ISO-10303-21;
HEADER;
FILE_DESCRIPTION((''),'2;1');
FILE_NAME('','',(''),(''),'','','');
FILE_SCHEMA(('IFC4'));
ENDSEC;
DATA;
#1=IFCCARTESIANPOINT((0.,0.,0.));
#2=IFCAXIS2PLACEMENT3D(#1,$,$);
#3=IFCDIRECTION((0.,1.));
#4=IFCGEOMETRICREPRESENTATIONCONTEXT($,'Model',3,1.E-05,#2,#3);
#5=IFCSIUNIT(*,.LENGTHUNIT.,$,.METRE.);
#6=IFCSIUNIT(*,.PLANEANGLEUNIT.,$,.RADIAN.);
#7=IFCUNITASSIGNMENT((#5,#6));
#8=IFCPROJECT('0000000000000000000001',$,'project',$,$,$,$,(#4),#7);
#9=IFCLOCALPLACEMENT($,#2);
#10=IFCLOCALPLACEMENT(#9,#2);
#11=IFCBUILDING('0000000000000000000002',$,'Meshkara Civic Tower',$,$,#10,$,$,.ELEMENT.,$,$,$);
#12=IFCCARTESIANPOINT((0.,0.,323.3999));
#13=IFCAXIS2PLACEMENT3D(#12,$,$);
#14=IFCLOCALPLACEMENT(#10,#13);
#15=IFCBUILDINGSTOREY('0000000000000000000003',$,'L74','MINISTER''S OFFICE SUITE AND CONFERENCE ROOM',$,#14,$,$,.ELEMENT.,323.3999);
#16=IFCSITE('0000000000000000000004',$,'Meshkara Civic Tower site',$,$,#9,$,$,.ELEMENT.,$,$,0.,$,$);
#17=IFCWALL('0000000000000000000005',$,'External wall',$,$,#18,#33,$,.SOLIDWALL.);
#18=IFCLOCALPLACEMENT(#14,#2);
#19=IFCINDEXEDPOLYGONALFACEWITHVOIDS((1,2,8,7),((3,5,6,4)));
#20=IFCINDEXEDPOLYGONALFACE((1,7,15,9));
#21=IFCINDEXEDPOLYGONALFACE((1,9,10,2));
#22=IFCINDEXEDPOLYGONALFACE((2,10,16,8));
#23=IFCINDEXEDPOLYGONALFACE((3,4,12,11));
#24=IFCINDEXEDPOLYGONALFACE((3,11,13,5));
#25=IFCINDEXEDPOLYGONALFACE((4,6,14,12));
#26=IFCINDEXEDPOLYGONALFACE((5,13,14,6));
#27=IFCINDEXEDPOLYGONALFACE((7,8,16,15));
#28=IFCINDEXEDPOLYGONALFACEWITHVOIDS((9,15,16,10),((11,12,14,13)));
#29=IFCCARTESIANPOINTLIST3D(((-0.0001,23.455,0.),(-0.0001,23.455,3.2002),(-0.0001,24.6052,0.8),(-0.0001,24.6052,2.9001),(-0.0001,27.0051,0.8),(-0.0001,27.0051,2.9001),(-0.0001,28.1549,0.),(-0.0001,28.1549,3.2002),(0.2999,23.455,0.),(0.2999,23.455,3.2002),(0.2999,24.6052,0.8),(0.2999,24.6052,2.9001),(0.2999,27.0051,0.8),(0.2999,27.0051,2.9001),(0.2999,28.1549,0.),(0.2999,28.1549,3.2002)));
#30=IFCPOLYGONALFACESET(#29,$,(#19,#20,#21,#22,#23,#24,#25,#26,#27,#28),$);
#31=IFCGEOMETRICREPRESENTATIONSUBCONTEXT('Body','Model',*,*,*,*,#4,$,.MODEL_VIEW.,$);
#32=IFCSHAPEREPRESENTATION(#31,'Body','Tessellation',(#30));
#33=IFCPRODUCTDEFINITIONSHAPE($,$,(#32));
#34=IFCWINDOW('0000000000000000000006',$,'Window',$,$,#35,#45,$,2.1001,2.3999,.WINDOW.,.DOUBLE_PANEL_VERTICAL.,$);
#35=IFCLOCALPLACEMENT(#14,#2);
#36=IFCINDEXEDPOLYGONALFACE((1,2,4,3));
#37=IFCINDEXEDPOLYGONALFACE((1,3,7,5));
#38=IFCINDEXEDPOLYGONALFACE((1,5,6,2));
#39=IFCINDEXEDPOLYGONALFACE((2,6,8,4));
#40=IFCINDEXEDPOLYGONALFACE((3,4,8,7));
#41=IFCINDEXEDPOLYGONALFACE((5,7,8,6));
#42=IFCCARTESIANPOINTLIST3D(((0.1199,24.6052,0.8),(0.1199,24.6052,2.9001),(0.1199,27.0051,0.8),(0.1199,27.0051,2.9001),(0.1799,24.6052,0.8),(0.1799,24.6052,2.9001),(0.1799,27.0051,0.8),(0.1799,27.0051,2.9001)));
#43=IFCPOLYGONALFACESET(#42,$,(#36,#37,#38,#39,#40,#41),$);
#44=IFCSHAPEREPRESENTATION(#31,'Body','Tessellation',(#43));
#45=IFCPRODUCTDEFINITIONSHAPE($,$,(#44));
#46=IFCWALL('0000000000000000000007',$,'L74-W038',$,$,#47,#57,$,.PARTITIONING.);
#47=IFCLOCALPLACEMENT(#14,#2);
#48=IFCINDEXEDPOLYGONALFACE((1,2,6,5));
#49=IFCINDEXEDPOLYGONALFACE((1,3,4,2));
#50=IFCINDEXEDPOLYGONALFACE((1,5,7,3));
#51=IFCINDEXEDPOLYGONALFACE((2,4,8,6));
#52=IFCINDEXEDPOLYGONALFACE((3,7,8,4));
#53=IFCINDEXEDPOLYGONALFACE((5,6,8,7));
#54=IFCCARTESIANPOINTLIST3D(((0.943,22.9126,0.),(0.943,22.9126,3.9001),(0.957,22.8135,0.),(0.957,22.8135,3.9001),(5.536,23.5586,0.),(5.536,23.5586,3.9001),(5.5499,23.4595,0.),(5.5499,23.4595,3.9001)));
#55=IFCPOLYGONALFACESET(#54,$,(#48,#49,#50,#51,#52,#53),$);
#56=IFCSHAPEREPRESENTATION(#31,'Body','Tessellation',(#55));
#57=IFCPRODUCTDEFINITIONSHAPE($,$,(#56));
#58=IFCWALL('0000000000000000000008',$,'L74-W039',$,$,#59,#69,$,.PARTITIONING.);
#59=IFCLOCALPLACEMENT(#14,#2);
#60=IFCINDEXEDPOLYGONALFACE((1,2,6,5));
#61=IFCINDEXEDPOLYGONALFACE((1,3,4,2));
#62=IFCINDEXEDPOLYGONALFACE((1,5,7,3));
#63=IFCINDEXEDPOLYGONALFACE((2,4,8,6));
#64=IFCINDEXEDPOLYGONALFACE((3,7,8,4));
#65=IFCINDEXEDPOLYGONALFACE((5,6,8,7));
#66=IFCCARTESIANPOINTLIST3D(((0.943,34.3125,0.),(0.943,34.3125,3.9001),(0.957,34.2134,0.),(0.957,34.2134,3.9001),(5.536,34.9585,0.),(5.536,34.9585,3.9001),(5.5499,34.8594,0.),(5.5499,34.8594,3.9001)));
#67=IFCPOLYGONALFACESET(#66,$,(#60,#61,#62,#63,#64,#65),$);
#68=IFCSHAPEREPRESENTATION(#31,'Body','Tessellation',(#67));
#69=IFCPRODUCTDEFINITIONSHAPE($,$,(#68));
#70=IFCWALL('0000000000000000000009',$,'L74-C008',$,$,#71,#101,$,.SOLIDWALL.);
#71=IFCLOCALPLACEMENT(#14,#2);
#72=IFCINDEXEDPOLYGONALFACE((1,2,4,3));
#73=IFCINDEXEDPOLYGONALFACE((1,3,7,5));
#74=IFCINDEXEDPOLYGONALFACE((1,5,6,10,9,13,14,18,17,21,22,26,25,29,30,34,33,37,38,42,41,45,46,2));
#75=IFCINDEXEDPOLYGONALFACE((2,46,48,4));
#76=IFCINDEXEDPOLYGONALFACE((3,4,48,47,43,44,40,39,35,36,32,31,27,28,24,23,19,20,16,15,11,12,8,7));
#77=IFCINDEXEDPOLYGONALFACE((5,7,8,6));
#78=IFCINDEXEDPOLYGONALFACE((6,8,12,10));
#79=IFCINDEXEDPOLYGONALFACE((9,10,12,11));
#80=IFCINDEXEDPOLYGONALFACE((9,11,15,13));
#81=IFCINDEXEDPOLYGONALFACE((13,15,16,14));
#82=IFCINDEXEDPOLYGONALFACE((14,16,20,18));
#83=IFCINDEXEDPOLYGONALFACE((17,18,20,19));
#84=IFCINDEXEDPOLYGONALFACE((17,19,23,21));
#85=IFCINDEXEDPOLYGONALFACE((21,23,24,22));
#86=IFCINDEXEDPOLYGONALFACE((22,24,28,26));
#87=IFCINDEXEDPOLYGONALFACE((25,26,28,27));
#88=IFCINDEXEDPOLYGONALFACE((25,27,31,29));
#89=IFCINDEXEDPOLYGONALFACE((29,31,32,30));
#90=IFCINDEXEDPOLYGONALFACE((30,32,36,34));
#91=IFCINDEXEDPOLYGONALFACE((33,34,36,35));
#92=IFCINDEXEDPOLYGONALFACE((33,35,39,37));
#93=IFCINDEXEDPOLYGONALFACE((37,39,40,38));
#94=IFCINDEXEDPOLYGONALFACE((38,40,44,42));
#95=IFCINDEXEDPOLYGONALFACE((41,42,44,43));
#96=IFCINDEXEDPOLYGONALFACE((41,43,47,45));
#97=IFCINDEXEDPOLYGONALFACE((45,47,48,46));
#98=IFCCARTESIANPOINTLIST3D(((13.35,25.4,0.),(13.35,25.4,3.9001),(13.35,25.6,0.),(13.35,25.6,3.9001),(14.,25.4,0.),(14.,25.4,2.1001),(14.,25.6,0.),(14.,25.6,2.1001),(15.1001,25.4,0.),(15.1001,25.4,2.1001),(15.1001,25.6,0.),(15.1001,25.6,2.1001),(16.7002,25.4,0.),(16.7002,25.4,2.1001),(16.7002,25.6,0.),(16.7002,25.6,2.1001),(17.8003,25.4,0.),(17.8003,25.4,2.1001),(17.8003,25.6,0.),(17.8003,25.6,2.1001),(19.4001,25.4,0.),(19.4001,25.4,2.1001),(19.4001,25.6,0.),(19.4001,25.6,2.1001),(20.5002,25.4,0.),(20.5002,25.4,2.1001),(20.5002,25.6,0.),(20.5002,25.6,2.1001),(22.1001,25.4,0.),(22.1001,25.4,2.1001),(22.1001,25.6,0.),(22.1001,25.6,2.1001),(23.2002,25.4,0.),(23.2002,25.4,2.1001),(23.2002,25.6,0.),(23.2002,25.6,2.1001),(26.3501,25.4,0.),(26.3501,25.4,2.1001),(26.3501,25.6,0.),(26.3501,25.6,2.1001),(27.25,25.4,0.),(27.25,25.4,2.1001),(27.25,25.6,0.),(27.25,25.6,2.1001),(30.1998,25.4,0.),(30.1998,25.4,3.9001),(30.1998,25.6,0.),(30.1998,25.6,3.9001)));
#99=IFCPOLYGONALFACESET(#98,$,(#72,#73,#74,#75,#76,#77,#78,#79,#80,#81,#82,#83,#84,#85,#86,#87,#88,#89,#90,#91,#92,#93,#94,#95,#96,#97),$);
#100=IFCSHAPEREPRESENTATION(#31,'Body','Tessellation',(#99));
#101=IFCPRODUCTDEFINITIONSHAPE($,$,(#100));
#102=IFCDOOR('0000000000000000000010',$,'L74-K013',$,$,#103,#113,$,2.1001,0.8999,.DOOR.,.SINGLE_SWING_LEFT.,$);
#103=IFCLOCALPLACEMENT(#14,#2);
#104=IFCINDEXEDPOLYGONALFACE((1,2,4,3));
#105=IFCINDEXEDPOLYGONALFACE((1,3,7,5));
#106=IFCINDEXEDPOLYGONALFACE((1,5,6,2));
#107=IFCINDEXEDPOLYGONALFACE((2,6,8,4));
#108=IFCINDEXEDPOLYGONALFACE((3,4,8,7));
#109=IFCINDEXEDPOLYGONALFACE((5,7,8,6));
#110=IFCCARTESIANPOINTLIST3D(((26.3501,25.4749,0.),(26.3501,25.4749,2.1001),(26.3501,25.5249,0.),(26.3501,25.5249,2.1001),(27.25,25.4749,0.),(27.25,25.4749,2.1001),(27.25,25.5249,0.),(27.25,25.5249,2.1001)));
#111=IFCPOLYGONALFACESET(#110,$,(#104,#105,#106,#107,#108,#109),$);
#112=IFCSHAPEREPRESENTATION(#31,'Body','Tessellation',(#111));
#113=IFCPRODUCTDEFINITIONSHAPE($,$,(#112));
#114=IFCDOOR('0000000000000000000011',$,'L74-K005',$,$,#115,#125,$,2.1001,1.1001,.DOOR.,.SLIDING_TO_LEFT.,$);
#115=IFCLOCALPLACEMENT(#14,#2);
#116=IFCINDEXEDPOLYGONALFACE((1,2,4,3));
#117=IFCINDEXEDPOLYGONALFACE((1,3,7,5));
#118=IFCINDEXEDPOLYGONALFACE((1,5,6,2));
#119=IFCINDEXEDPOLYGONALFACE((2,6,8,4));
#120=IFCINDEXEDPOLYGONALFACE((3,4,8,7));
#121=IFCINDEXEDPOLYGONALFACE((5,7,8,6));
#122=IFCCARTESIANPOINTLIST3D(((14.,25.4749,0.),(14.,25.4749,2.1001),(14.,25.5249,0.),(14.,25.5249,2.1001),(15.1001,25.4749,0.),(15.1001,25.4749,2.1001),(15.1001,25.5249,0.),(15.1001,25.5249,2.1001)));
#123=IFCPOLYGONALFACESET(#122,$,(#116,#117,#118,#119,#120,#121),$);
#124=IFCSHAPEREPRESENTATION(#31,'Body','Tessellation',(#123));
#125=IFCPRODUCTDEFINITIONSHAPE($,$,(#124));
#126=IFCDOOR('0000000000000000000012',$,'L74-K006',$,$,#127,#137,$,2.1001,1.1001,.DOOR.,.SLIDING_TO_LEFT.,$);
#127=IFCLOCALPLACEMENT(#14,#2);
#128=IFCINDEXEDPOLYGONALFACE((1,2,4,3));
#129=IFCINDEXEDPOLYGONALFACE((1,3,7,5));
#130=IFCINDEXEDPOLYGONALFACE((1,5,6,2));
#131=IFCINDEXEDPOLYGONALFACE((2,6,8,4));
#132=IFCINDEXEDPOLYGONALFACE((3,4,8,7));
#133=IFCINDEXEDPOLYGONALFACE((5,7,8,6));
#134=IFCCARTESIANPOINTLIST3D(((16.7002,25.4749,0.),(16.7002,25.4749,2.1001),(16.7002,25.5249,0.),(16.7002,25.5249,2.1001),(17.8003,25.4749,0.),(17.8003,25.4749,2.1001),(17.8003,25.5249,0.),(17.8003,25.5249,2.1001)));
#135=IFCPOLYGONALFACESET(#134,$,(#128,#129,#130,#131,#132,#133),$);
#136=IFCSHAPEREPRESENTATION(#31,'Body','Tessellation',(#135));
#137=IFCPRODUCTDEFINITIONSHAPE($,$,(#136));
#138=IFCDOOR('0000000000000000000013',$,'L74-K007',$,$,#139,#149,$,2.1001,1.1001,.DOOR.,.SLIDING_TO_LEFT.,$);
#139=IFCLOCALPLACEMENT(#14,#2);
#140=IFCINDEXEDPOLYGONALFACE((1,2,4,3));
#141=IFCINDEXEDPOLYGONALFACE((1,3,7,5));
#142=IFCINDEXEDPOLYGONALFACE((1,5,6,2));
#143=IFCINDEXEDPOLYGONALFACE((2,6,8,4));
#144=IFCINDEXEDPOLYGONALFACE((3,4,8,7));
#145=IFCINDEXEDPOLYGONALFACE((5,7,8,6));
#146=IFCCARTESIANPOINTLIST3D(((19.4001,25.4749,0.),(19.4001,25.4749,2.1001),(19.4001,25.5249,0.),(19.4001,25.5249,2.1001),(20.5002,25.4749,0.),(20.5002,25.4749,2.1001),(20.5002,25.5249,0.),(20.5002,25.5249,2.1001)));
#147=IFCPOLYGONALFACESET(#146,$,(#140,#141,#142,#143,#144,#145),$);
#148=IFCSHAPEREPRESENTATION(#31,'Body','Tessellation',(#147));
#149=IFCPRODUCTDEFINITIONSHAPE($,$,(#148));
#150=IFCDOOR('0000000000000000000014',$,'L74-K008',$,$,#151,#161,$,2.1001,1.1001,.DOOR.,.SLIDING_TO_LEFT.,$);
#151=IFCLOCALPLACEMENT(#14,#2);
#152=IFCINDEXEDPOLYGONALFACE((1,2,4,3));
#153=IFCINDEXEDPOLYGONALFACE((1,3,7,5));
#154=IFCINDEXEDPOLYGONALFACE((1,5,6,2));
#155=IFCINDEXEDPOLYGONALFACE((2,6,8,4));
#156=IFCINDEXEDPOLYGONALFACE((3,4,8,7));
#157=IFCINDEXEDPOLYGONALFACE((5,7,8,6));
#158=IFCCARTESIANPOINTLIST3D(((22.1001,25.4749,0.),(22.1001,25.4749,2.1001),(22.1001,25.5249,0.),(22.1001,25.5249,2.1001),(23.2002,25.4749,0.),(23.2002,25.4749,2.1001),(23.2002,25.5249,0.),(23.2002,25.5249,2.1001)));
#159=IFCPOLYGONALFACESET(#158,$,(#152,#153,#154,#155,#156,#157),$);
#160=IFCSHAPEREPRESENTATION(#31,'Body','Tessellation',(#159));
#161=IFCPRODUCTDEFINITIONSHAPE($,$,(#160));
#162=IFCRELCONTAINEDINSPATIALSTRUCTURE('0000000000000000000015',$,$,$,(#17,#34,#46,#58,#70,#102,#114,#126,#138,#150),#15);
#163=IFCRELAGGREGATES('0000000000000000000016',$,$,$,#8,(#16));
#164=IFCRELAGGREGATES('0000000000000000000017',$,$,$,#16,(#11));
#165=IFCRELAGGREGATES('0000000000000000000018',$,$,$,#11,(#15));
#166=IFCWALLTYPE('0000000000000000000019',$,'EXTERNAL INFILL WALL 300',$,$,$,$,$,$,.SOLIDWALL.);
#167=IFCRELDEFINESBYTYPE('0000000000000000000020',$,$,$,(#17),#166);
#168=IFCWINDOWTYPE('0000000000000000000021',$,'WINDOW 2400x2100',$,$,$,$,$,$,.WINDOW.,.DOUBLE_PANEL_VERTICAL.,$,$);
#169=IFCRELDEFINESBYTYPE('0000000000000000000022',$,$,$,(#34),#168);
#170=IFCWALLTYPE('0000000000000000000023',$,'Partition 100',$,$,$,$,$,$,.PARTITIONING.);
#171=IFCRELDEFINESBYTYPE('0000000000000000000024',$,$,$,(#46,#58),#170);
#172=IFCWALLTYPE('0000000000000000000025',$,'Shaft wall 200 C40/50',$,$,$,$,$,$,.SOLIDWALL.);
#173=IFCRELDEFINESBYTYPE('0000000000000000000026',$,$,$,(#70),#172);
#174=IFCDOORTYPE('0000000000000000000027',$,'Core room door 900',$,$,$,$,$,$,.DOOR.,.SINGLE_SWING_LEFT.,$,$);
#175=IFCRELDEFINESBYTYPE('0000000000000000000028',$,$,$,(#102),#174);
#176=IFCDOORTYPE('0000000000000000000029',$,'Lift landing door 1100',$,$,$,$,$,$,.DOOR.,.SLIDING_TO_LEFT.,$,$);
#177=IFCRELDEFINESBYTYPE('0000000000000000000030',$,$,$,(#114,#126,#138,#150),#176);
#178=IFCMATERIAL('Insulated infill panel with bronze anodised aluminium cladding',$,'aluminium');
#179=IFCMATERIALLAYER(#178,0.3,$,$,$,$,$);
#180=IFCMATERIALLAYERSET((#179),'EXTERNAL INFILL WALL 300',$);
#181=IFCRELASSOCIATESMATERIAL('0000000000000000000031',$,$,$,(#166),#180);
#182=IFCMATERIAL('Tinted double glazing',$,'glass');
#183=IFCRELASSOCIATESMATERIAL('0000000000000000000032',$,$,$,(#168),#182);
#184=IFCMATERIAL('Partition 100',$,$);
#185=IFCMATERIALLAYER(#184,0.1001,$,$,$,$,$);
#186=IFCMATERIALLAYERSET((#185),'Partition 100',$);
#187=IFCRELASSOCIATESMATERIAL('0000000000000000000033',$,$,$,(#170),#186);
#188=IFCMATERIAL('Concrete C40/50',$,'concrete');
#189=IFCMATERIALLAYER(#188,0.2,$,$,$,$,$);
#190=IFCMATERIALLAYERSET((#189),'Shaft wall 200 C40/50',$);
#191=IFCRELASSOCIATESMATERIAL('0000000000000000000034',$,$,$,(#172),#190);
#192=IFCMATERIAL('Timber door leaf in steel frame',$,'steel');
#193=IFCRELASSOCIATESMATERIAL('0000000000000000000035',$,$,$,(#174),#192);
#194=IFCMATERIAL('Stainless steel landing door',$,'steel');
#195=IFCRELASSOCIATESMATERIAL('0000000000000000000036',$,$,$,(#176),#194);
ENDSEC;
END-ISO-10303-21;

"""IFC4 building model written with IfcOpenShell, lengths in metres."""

from ifc_helpers import new_model, si_unit, direction, frame, frame_2d, origin, place, context, subcontext, project, spatial, rectangle, extrude, material, layer, layer_set, type_object, element, fill, save


model = new_model("IFC4")

# Units and contexts
model_context = context("Model", 3, precision=1e-05, world=origin(), true_north=direction((0.0, 1.0)))
body_context = subcontext(model_context, "Body", "Model", "MODEL_VIEW")
ifc_project = project(units=[si_unit("LENGTHUNIT", "METRE"), si_unit("PLANEANGLEUNIT", "RADIAN")], contexts=[model_context])

# Site, building, storey
site_placement = place(None, origin())
site = spatial("IfcSite", under=ifc_project, at=site_placement, Name="Meshkara Civic Tower site", CompositionType="ELEMENT", RefElevation=0.0)
building_placement = place(site_placement, origin())
building = spatial("IfcBuilding", under=site, at=building_placement, Name="Meshkara Civic Tower", CompositionType="ELEMENT")
storey_placement = place(building_placement, frame((0.0, 0.0, 323.3999)))
storey = spatial("IfcBuildingStorey", under=building, at=storey_placement, Name="L74", Description="MINISTER'S OFFICE SUITE AND CONFERENCE ROOM", CompositionType="ELEMENT", Elevation=323.3999)

# Wall, opening, window
ifc_material_1 = material(Name="Insulated infill panel with bronze anodised aluminium cladding", Category="aluminium")
ifc_layer_1 = layer(ifc_material_1, 0.3)
ifc_layer_set_1 = layer_set([ifc_layer_1], Name="EXTERNAL INFILL WALL 300")
wall_type_1 = type_object("IfcWallType", Name="EXTERNAL INFILL WALL 300", PredefinedType="SOLIDWALL", material=ifc_layer_set_1)
ifc_material_2 = material(Name="Tinted double glazing", Category="glass")
window_type = type_object("IfcWindowType", Name="WINDOW 2400x2100", PartitioningType="DOUBLE_PANEL_VERTICAL", PredefinedType="WINDOW", material=ifc_material_2)
wall_1_placement = place(storey_placement, frame((0.1499, 28.155, 0.0), z_axis=(0.0, 0.0, 1.0), x_axis=(0.0, -1.0, 0.0)))
wall_1 = element("IfcWall", 1, at=wall_1_placement, inside=storey, type_object=wall_type_1, Name="External wall", PredefinedType="SOLIDWALL", context=body_context, shape_type="SweptSolid", body=[
    extrude(rectangle(XDim=4.7, YDim=0.3, at=frame_2d((2.3501, 0.0))), origin(), (0.0, 0.0, 1.0), 3.2002),
])
opening_1_placement = place(wall_1_placement, frame((1.1499, 0.0, 0.8)))
opening_1 = element("IfcOpeningElement", 2, at=opening_1_placement, cuts=wall_1, PredefinedType="OPENING", context=body_context, shape_type="SweptSolid", body=[
    extrude(rectangle(XDim=2.3999, YDim=2.1001, at=frame_2d((1.2, 1.05))), frame((0.0, 0.1599, 0.0), z_axis=(0.0, -1.0, 0.0), x_axis=(1.0, 0.0, 0.0)), (0.0, 0.0, 1.0), 0.3201),
])
window_1_placement = place(opening_1_placement, origin())
window_1 = element("IfcWindow", 3, at=window_1_placement, inside=storey, type_object=window_type, Name="Window", OverallHeight=2.1001, OverallWidth=2.3999, PartitioningType="DOUBLE_PANEL_VERTICAL", PredefinedType="WINDOW", context=body_context, shape_type="SweptSolid", body=[
    extrude(rectangle(XDim=2.3999, YDim=2.1001, at=frame_2d((1.2, 1.05))), frame((0.0, 0.03, 0.0), z_axis=(0.0, -1.0, 0.0), x_axis=(1.0, 0.0, 0.0)), (0.0, 0.0, 1.0), 0.0601),
])
fill(opening_1, window_1)

# Walls
ifc_material_3 = material(Name="Partition 100")
ifc_layer_2 = layer(ifc_material_3, 0.1001)
ifc_layer_set_2 = layer_set([ifc_layer_2], Name="Partition 100")
wall_type_2 = type_object("IfcWallType", Name="Partition 100", PredefinedType="PARTITIONING", material=ifc_layer_set_2)
for number, where, z_axis, x_axis, name in (
    (4, (5.543, 23.509, 0.0), (0.0, 0.0, 1.0), (-0.990254, -0.139277, 0.0), "L74-W038"),
    (5, (5.543, 34.9089, 0.0), (0.0, 0.0, 1.0), (-0.990254, -0.139277, 0.0), "L74-W039"),
):
    element("IfcWall", number, at=place(storey_placement, frame(where, z_axis=z_axis, x_axis=x_axis)), inside=storey, type_object=wall_type_2, Name=name, PredefinedType="PARTITIONING", context=body_context, shape_type="SweptSolid", body=[
        extrude(rectangle(XDim=4.6382, YDim=0.1001, at=frame_2d((2.3191, 0.0))), origin(), (0.0, 0.0, 1.0), 3.9001),
    ])

# Wall, openings, doors
ifc_material_4 = material(Name="Concrete C40/50", Category="concrete")
ifc_layer_3 = layer(ifc_material_4, 0.2)
ifc_layer_set_3 = layer_set([ifc_layer_3], Name="Shaft wall 200 C40/50")
wall_type_3 = type_object("IfcWallType", Name="Shaft wall 200 C40/50", PredefinedType="SOLIDWALL", material=ifc_layer_set_3)
wall_2_placement = place(storey_placement, frame((13.3501, 25.5, 0.0), z_axis=(0.0, 0.0, 1.0), x_axis=(1.0, 0.0, 0.0)))
wall_2 = element("IfcWall", 6, at=wall_2_placement, inside=storey, type_object=wall_type_3, Name="L74-C008", PredefinedType="SOLIDWALL", context=body_context, shape_type="SweptSolid", body=[
    extrude(rectangle(XDim=16.8499, YDim=0.2, at=frame_2d((8.4248, 0.0))), origin(), (0.0, 0.0, 1.0), 3.9001),
])
opening_2_placement = place(wall_2_placement, frame((0.6499, 0.0, 0.0)))
opening_2 = element("IfcOpeningElement", 7, at=opening_2_placement, cuts=wall_2, PredefinedType="OPENING", context=body_context, shape_type="SweptSolid", body=[
    extrude(rectangle(XDim=1.1001, YDim=2.1001, at=frame_2d((0.55, 1.05))), frame((0.0, 0.1099, 0.0), z_axis=(0.0, -1.0, 0.0), x_axis=(1.0, 0.0, 0.0)), (0.0, 0.0, 1.0), 0.22),
])
opening_3_placement = place(wall_2_placement, frame((3.3501, 0.0, 0.0)))
opening_3 = element("IfcOpeningElement", 8, at=opening_3_placement, cuts=wall_2, PredefinedType="OPENING", context=body_context, shape_type="SweptSolid", body=[
    extrude(rectangle(XDim=1.1001, YDim=2.1001, at=frame_2d((0.55, 1.05))), frame((0.0, 0.1099, 0.0), z_axis=(0.0, -1.0, 0.0), x_axis=(1.0, 0.0, 0.0)), (0.0, 0.0, 1.0), 0.22),
])
opening_4_placement = place(wall_2_placement, frame((6.05, 0.0, 0.0)))
opening_4 = element("IfcOpeningElement", 9, at=opening_4_placement, cuts=wall_2, PredefinedType="OPENING", context=body_context, shape_type="SweptSolid", body=[
    extrude(rectangle(XDim=1.1001, YDim=2.1001, at=frame_2d((0.55, 1.05))), frame((0.0, 0.1099, 0.0), z_axis=(0.0, -1.0, 0.0), x_axis=(1.0, 0.0, 0.0)), (0.0, 0.0, 1.0), 0.22),
])
opening_5_placement = place(wall_2_placement, frame((8.75, 0.0, 0.0)))
opening_5 = element("IfcOpeningElement", 10, at=opening_5_placement, cuts=wall_2, PredefinedType="OPENING", context=body_context, shape_type="SweptSolid", body=[
    extrude(rectangle(XDim=1.1001, YDim=2.1001, at=frame_2d((0.55, 1.05))), frame((0.0, 0.1099, 0.0), z_axis=(0.0, -1.0, 0.0), x_axis=(1.0, 0.0, 0.0)), (0.0, 0.0, 1.0), 0.22),
])
opening_6_placement = place(wall_2_placement, frame((13.0, 0.0, 0.0)))
opening_6 = element("IfcOpeningElement", 11, at=opening_6_placement, cuts=wall_2, PredefinedType="OPENING", context=body_context, shape_type="SweptSolid", body=[
    extrude(rectangle(XDim=0.8999, YDim=2.1001, at=frame_2d((0.45, 1.05))), frame((0.0, 0.1099, 0.0), z_axis=(0.0, -1.0, 0.0), x_axis=(1.0, 0.0, 0.0)), (0.0, 0.0, 1.0), 0.22),
])
ifc_material_5 = material(Name="Timber door leaf in steel frame", Category="steel")
door_type_1 = type_object("IfcDoorType", Name="Core room door 900", OperationType="SINGLE_SWING_LEFT", PredefinedType="DOOR", material=ifc_material_5)
door_1_placement = place(opening_6_placement, origin())
door_1 = element("IfcDoor", 12, at=door_1_placement, inside=storey, type_object=door_type_1, Name="L74-K013", OperationType="SINGLE_SWING_LEFT", OverallHeight=2.1001, OverallWidth=0.8999, PredefinedType="DOOR", context=body_context, shape_type="SweptSolid", body=[
    extrude(rectangle(XDim=0.8999, YDim=2.1001, at=frame_2d((0.45, 1.05))), frame((0.0, 0.0249, 0.0), z_axis=(0.0, -1.0, 0.0), x_axis=(1.0, 0.0, 0.0)), (0.0, 0.0, 1.0), 0.05),
])
fill(opening_6, door_1)
ifc_material_6 = material(Name="Stainless steel landing door", Category="steel")
door_type_2 = type_object("IfcDoorType", Name="Lift landing door 1100", OperationType="SLIDING_TO_LEFT", PredefinedType="DOOR", material=ifc_material_6)
door_2_placement = place(opening_2_placement, origin())
door_2 = element("IfcDoor", 13, at=door_2_placement, inside=storey, type_object=door_type_2, Name="L74-K005", OperationType="SLIDING_TO_LEFT", OverallHeight=2.1001, OverallWidth=1.1001, PredefinedType="DOOR", context=body_context, shape_type="SweptSolid", body=[
    extrude(rectangle(XDim=1.1001, YDim=2.1001, at=frame_2d((0.55, 1.05))), frame((0.0, 0.0249, 0.0), z_axis=(0.0, -1.0, 0.0), x_axis=(1.0, 0.0, 0.0)), (0.0, 0.0, 1.0), 0.05),
])
fill(opening_2, door_2)
door_3_placement = place(opening_3_placement, origin())
door_3 = element("IfcDoor", 14, at=door_3_placement, inside=storey, type_object=door_type_2, Name="L74-K006", OperationType="SLIDING_TO_LEFT", OverallHeight=2.1001, OverallWidth=1.1001, PredefinedType="DOOR", context=body_context, shape_type="SweptSolid", body=[
    extrude(rectangle(XDim=1.1001, YDim=2.1001, at=frame_2d((0.55, 1.05))), frame((0.0, 0.0249, 0.0), z_axis=(0.0, -1.0, 0.0), x_axis=(1.0, 0.0, 0.0)), (0.0, 0.0, 1.0), 0.05),
])
fill(opening_3, door_3)
door_4_placement = place(opening_4_placement, origin())
door_4 = element("IfcDoor", 15, at=door_4_placement, inside=storey, type_object=door_type_2, Name="L74-K007", OperationType="SLIDING_TO_LEFT", OverallHeight=2.1001, OverallWidth=1.1001, PredefinedType="DOOR", context=body_context, shape_type="SweptSolid", body=[
    extrude(rectangle(XDim=1.1001, YDim=2.1001, at=frame_2d((0.55, 1.05))), frame((0.0, 0.0249, 0.0), z_axis=(0.0, -1.0, 0.0), x_axis=(1.0, 0.0, 0.0)), (0.0, 0.0, 1.0), 0.05),
])
fill(opening_4, door_4)
door_5_placement = place(opening_5_placement, origin())
door_5 = element("IfcDoor", 16, at=door_5_placement, inside=storey, type_object=door_type_2, Name="L74-K008", OperationType="SLIDING_TO_LEFT", OverallHeight=2.1001, OverallWidth=1.1001, PredefinedType="DOOR", context=body_context, shape_type="SweptSolid", body=[
    extrude(rectangle(XDim=1.1001, YDim=2.1001, at=frame_2d((0.55, 1.05))), frame((0.0, 0.0249, 0.0), z_axis=(0.0, -1.0, 0.0), x_axis=(1.0, 0.0, 0.0)), (0.0, 0.0, 1.0), 0.05),
])
fill(opening_5, door_5)

save(model, "model.ifc")
